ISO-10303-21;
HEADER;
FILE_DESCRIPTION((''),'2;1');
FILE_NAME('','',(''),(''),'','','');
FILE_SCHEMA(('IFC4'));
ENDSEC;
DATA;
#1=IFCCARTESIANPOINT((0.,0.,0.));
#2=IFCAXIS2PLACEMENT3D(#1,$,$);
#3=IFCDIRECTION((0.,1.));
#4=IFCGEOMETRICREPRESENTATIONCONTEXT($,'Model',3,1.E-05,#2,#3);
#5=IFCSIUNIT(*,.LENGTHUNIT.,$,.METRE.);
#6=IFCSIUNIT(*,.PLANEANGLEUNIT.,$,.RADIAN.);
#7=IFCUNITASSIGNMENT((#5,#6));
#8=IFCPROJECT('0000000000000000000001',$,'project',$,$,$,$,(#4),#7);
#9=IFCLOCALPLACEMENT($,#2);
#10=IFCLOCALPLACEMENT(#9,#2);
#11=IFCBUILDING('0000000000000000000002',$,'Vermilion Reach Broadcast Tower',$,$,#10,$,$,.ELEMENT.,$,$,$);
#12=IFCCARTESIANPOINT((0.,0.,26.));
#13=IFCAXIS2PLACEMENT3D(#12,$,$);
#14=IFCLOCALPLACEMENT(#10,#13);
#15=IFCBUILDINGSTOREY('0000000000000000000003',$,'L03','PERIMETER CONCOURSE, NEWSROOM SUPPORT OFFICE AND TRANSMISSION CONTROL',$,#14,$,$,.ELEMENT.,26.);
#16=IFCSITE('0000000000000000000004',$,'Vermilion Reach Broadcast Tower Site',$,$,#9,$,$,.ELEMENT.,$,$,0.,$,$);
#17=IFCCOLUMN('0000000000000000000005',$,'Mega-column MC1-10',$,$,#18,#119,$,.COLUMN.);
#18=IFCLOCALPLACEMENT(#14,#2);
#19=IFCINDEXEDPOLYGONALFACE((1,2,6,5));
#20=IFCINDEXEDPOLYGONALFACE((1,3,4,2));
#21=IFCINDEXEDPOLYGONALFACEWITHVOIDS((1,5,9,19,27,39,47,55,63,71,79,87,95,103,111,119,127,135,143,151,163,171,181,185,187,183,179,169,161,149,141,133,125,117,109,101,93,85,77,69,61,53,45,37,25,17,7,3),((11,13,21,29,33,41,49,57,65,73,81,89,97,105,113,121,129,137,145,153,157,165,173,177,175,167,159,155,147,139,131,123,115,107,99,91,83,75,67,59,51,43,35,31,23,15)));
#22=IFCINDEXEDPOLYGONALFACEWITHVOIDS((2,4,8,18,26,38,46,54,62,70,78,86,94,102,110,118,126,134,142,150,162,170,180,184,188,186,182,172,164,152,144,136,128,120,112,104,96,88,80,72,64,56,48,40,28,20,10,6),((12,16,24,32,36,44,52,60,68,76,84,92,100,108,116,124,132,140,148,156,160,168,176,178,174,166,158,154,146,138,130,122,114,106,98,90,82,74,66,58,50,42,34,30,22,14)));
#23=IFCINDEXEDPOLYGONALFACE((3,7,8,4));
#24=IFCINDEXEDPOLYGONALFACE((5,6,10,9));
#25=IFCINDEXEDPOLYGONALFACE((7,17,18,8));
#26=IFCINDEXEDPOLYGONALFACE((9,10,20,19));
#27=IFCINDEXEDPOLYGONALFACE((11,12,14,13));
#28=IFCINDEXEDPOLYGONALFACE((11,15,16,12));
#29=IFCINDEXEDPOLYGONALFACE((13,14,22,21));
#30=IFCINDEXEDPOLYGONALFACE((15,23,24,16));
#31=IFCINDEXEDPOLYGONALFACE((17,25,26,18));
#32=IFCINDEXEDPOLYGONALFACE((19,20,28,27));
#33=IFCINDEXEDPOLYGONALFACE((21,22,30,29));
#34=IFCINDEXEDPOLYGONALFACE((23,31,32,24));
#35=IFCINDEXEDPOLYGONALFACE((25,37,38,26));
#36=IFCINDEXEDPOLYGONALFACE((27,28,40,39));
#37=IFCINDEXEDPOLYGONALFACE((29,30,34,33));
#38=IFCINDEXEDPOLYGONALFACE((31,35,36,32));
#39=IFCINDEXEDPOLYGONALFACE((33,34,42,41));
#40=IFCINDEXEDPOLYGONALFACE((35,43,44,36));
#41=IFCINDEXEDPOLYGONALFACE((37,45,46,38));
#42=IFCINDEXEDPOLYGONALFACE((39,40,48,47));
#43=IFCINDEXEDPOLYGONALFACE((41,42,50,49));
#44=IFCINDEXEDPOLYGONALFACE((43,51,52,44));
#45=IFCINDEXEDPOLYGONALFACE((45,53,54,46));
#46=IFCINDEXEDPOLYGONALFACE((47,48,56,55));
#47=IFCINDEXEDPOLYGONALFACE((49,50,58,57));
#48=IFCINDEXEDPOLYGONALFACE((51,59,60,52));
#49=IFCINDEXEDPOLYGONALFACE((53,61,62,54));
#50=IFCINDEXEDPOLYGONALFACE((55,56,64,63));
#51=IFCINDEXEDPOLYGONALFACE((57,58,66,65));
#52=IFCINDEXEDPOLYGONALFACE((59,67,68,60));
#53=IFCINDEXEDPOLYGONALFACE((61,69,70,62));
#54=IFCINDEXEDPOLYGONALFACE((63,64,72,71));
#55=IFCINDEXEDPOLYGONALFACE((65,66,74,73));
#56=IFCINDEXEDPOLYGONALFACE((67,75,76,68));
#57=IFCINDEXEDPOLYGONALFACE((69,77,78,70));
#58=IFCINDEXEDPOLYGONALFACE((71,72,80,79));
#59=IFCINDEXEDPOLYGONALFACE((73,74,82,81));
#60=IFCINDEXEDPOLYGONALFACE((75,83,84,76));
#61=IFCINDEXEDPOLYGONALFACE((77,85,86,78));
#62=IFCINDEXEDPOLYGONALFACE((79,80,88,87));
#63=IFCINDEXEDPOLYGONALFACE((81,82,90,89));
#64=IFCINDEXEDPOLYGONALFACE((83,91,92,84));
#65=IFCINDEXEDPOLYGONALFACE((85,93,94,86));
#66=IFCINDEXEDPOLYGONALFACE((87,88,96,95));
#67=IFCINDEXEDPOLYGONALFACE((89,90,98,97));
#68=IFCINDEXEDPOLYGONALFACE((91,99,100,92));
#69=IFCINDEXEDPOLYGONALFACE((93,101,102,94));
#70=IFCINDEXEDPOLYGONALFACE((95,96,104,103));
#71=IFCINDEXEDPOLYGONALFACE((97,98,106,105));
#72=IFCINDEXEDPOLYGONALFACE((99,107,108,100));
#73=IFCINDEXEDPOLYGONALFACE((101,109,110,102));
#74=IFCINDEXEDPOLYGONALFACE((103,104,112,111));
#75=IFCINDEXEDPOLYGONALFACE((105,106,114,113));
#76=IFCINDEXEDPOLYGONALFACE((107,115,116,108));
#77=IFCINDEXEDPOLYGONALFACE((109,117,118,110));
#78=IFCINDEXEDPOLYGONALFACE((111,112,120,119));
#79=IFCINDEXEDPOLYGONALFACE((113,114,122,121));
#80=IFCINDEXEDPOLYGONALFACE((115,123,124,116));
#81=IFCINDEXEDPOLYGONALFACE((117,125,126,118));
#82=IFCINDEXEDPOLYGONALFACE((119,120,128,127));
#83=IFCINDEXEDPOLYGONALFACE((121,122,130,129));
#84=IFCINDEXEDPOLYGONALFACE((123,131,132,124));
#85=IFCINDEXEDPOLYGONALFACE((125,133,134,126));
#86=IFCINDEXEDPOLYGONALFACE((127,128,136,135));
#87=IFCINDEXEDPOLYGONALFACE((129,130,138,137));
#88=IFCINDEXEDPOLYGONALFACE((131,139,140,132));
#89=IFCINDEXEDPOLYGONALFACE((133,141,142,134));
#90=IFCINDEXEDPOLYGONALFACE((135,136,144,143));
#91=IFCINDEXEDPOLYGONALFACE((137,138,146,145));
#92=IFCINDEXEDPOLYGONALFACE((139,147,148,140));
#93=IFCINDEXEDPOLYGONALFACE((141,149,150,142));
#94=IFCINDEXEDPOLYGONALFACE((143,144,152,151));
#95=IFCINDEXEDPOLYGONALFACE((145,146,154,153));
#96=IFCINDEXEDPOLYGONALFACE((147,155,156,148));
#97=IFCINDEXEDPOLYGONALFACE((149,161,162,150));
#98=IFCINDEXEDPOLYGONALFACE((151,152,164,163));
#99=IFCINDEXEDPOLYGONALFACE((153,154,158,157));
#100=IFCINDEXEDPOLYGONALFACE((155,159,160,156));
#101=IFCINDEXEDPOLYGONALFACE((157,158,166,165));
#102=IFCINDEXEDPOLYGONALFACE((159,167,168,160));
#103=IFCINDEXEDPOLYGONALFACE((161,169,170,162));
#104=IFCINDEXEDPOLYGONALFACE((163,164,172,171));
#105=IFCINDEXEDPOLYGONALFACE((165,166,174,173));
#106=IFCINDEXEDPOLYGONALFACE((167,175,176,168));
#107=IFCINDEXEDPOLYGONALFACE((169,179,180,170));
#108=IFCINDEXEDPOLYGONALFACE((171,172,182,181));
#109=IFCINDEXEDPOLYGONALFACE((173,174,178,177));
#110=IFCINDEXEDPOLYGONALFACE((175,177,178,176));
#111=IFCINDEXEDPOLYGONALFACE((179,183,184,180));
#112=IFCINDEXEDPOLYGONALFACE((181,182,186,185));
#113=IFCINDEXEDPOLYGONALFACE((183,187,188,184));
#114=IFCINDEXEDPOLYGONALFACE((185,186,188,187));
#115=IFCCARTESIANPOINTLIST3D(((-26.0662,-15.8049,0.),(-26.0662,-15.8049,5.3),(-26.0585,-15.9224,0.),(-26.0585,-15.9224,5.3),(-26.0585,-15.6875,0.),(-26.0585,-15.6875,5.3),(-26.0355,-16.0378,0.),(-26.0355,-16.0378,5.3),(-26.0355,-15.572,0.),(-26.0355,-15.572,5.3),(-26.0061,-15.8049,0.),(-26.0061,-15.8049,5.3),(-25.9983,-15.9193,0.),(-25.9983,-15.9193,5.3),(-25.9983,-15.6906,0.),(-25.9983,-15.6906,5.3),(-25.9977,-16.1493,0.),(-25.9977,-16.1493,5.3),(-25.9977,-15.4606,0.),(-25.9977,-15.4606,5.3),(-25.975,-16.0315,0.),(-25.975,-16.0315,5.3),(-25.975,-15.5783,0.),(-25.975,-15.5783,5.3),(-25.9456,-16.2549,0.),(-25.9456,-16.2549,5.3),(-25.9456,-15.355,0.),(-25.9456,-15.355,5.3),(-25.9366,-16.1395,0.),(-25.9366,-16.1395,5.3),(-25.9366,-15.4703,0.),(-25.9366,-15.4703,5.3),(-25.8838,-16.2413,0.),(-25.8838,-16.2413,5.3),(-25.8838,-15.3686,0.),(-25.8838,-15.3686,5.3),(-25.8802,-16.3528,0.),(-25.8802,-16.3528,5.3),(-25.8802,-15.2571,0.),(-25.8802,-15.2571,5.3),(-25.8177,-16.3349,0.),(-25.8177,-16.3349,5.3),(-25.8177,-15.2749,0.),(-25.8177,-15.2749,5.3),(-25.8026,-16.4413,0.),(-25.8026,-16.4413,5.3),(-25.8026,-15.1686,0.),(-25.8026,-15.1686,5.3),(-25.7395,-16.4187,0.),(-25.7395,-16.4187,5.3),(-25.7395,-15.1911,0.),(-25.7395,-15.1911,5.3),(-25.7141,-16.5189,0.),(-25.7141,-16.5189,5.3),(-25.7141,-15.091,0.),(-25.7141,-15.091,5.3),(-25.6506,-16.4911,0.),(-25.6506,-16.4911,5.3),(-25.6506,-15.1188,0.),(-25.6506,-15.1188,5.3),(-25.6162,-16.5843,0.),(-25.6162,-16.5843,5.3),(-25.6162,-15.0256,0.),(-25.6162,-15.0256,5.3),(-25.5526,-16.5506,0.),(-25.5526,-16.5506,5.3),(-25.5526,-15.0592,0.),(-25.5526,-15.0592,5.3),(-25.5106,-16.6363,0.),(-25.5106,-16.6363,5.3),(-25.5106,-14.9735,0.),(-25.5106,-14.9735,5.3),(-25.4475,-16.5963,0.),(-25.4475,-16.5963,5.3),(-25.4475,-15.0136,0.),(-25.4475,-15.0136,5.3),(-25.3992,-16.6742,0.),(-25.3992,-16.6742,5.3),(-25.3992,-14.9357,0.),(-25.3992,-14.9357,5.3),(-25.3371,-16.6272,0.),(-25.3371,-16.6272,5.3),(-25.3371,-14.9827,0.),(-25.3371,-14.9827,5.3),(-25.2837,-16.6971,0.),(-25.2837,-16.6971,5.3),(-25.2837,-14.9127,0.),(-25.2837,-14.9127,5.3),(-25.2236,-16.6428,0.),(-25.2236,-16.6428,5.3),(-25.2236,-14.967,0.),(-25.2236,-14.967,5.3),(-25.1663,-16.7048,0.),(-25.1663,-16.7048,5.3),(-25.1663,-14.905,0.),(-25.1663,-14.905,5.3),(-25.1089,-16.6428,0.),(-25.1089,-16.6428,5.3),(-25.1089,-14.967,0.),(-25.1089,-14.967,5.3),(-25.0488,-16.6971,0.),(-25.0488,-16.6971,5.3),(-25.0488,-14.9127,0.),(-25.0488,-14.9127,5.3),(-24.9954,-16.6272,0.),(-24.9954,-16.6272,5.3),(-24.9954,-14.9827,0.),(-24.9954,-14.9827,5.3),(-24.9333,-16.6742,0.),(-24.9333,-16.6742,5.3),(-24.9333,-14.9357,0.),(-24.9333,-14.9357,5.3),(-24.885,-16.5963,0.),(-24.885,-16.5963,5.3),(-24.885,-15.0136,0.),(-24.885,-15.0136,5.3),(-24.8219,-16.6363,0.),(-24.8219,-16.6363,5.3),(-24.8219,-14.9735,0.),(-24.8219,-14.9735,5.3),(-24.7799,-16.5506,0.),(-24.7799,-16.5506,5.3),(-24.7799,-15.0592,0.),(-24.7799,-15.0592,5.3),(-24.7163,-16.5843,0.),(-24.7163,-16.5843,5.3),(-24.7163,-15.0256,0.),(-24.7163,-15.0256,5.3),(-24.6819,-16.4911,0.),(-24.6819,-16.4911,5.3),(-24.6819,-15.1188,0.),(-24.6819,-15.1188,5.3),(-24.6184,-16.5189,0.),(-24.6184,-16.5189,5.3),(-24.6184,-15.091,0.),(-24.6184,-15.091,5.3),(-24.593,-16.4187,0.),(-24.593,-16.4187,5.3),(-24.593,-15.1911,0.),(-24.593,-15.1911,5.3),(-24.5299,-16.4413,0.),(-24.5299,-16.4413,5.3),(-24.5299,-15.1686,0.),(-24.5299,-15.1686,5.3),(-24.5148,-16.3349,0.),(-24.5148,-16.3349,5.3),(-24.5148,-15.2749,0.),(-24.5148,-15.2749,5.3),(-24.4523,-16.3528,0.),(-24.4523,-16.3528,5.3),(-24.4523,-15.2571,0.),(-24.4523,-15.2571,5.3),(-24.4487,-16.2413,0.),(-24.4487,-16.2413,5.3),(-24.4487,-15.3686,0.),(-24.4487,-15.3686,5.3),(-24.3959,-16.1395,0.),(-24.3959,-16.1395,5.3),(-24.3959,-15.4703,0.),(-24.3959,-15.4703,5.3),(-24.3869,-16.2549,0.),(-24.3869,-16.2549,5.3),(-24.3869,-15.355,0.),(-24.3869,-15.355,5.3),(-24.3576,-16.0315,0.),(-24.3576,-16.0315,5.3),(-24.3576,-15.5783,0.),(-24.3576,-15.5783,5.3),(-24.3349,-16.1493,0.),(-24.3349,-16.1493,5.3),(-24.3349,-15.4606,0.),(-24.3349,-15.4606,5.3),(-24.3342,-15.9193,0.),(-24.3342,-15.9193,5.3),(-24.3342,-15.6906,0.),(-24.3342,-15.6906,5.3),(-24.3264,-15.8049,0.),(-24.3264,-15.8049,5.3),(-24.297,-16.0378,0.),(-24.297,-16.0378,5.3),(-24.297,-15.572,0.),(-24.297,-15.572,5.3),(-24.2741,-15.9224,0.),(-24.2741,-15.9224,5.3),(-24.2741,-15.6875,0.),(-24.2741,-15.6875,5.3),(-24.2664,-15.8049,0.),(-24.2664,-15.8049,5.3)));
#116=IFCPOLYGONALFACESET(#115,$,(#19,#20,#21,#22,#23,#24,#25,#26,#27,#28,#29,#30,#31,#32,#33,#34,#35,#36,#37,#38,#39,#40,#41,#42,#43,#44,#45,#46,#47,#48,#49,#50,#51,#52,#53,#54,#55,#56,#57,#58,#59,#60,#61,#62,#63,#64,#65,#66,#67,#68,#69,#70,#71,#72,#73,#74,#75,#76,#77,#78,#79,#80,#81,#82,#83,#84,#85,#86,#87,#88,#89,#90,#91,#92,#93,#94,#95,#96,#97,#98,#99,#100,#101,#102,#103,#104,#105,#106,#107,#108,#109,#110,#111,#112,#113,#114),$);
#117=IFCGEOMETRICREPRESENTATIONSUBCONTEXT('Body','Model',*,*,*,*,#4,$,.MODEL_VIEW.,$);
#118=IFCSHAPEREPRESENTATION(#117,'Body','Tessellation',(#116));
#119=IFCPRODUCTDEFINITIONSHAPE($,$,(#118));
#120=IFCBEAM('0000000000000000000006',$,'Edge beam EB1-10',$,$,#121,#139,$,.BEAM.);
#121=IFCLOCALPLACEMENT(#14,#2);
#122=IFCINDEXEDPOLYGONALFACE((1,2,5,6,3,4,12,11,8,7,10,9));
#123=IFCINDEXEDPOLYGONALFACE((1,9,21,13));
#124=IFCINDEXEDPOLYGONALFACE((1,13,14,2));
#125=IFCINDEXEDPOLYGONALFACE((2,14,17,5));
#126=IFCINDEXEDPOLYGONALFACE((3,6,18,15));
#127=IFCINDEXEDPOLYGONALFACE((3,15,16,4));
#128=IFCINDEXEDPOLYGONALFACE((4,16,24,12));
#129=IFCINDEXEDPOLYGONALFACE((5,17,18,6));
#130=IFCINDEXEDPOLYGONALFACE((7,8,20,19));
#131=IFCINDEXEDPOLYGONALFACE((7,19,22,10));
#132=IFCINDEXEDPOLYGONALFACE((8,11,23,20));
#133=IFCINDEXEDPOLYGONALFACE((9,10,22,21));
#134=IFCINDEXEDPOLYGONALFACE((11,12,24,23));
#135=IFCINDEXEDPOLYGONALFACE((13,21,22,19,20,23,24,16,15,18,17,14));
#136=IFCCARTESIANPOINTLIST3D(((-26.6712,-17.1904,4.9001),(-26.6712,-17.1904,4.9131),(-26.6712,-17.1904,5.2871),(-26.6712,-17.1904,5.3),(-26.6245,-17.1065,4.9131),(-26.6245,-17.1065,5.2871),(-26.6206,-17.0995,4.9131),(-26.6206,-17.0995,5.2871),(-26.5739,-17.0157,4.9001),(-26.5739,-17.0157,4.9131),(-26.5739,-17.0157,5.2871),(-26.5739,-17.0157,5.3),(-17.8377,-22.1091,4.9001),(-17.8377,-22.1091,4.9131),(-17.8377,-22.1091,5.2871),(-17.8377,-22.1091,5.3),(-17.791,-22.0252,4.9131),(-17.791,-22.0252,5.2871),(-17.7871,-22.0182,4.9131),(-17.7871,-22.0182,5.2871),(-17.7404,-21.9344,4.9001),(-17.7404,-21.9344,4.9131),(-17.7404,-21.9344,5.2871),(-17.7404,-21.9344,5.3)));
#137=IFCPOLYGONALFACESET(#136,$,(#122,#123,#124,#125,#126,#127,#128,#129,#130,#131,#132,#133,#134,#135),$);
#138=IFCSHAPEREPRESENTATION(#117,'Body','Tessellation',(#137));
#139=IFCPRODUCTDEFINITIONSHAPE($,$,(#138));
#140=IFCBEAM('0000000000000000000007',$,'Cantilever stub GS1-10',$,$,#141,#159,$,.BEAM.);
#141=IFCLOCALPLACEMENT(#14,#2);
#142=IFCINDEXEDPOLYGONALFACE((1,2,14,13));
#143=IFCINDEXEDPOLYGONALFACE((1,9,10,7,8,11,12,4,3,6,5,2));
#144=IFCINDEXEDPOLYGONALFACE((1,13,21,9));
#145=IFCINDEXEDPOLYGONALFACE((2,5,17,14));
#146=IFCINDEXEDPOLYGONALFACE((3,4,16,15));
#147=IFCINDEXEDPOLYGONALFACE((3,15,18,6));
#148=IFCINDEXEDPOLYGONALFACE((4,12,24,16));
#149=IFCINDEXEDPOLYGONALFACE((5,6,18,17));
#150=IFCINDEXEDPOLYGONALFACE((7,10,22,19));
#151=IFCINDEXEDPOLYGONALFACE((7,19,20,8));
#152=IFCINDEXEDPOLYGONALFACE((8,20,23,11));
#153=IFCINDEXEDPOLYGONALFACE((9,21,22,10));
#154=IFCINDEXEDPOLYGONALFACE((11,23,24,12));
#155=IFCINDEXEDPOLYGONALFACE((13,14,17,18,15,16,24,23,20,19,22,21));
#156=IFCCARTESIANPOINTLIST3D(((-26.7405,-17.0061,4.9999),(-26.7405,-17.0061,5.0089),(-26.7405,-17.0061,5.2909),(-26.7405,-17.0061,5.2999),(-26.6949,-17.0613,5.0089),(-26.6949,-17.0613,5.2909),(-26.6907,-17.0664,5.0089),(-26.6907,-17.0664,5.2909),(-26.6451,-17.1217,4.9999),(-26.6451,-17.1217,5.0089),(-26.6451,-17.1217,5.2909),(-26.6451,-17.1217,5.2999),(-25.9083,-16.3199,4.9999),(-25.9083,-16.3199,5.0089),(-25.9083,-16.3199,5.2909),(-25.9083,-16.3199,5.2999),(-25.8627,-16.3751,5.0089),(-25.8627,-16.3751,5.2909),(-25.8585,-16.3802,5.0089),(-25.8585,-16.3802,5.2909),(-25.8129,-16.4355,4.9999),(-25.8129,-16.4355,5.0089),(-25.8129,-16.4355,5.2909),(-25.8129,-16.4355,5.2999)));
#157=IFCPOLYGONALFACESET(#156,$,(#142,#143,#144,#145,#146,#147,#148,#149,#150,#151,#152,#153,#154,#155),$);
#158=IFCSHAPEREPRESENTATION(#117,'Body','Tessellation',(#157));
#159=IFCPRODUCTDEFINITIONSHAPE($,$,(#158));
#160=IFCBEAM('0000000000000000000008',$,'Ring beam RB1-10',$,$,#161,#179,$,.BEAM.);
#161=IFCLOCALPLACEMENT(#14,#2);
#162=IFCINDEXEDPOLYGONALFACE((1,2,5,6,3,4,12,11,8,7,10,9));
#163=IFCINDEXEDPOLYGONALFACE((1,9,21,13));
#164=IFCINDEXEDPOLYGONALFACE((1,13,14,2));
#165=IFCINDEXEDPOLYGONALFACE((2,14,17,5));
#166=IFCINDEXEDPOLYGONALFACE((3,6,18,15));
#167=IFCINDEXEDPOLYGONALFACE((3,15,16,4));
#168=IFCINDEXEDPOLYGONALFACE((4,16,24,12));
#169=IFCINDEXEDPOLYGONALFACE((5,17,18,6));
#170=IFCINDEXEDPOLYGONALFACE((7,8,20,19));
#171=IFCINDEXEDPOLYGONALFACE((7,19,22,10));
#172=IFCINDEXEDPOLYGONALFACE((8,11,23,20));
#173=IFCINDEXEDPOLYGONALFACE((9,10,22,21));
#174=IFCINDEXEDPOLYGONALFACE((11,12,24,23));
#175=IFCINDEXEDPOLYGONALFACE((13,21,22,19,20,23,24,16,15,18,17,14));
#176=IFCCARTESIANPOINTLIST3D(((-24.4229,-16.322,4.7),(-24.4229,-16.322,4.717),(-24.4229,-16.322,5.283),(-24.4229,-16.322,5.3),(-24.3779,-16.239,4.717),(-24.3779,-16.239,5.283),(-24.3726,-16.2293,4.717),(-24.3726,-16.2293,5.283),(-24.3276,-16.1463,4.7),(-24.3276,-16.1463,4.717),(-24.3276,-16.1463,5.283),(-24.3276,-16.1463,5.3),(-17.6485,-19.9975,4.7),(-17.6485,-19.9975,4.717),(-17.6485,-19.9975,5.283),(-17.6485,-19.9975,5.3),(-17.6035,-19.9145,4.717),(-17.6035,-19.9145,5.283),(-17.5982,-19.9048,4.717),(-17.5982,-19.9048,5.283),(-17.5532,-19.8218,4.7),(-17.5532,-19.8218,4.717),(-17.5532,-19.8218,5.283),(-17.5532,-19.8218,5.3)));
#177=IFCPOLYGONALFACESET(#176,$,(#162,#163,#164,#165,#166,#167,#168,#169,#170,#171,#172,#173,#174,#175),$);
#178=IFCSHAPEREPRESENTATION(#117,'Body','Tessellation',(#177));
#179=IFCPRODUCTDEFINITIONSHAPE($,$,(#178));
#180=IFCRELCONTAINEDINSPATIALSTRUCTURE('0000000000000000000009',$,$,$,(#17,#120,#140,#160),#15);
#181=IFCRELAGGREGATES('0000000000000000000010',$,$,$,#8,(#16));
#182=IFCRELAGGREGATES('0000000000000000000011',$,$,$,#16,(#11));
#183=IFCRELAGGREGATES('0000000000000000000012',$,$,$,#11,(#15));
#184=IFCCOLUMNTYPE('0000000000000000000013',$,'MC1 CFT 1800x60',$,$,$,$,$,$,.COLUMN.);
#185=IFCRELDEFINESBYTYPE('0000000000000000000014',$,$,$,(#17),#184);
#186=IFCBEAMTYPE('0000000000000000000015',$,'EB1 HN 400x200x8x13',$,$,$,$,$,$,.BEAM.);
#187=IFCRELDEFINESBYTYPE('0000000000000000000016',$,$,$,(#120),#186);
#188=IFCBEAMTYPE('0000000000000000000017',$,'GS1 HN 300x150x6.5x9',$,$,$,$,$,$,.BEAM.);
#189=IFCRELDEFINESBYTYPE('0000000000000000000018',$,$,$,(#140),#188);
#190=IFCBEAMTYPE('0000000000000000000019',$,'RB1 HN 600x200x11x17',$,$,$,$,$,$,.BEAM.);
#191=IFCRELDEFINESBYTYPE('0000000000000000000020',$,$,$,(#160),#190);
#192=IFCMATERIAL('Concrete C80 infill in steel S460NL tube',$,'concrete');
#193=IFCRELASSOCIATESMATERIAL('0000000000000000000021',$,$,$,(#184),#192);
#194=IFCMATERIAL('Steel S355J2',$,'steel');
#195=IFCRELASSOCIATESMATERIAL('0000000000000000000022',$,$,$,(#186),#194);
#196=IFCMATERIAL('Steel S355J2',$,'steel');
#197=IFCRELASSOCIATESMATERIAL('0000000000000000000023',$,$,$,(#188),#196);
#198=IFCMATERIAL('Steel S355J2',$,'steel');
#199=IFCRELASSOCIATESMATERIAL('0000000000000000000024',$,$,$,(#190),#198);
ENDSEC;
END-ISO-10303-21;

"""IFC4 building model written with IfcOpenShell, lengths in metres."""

from ifc_helpers import new_model, si_unit, direction, frame, origin, origin_2d, place, context, subcontext, project, spatial, hollow_circle, i_section, extrude, material, material_profile, profile_set, type_object, element, save


model = new_model("IFC4")

# Units and contexts
model_context = context("Model", 3, precision=1e-05, world=origin(), true_north=direction((0.0, 1.0)))
body_context = subcontext(model_context, "Body", "Model", "MODEL_VIEW")
ifc_project = project(units=[si_unit("LENGTHUNIT", "METRE"), si_unit("PLANEANGLEUNIT", "RADIAN")], contexts=[model_context])

# Site, building, storey
site_placement = place(None, origin())
site = spatial("IfcSite", under=ifc_project, at=site_placement, Name="Vermilion Reach Broadcast Tower Site", CompositionType="ELEMENT", RefElevation=0.0)
building_placement = place(site_placement, origin())
building = spatial("IfcBuilding", under=site, at=building_placement, Name="Vermilion Reach Broadcast Tower", CompositionType="ELEMENT")
storey_placement = place(building_placement, frame((0.0, 0.0, 26.0)))
storey = spatial("IfcBuildingStorey", under=building, at=storey_placement, Name="L03", Description="PERIMETER CONCOURSE, NEWSROOM SUPPORT OFFICE AND TRANSMISSION CONTROL", CompositionType="ELEMENT", Elevation=26.0)

# Column
ifc_material_1 = material(Name="Concrete C80 infill in steel S460NL tube", Category="concrete")
ifc_material_profile_1 = material_profile(ifc_material_1, hollow_circle(Radius=0.8999, WallThickness=0.0601, at=origin_2d()), Name="Concrete C80 infill in steel S460NL tube CFT 1800x60")
ifc_profile_set_1 = profile_set([ifc_material_profile_1], Name="Concrete C80 infill in steel S460NL tube")
column_type = type_object("IfcColumnType", Name="MC1 CFT 1800x60", PredefinedType="COLUMN", material=ifc_profile_set_1)
column_placement = place(storey_placement, frame((-25.1663, -15.8049, 0.0), z_axis=(0.0, 0.0, 1.0), x_axis=(1.0, 0.0, 0.0)))
element("IfcColumn", 1, at=column_placement, inside=storey, type_object=column_type, Name="Mega-column MC1-10", PredefinedType="COLUMN", context=body_context, shape_type="SweptSolid", body=[
    extrude(hollow_circle(Radius=0.8999, WallThickness=0.0601, at=origin_2d()), origin(), (0.0, 0.0, 1.0), 5.3),
])

# Beams
ifc_material_2 = material(Name="Steel S355J2", Category="steel")
ifc_material_profile_2 = material_profile(ifc_material_2, i_section(OverallWidth=0.2, OverallDepth=0.3999, WebThickness=0.0081, FlangeThickness=0.0129, at=origin_2d()), Name="S355J2 HN 400x200x8x13")
ifc_profile_set_2 = profile_set([ifc_material_profile_2], Name="Steel S355J2")
beam_type_1 = type_object("IfcBeamType", Name="EB1 HN 400x200x8x13", PredefinedType="BEAM", material=ifc_profile_set_2)
beam_1_placement = place(storey_placement, frame((-26.6226, -17.103, 5.1001), z_axis=(0.873686, -0.486489, 0.0), x_axis=(0.486489, 0.873686, 0.0)))
element("IfcBeam", 2, at=beam_1_placement, inside=storey, type_object=beam_type_1, Name="Edge beam EB1-10", PredefinedType="BEAM", context=body_context, shape_type="SweptSolid", body=[
    extrude(i_section(OverallWidth=0.2, OverallDepth=0.3999, WebThickness=0.0081, FlangeThickness=0.0129, at=origin_2d()), origin(), (0.0, 0.0, 1.0), 10.1106),
])
ifc_material_3 = material(Name="Steel S355J2", Category="steel")
ifc_material_profile_3 = material_profile(ifc_material_3, i_section(OverallWidth=0.1499, OverallDepth=0.3, WebThickness=0.0066, FlangeThickness=0.009, at=origin_2d()), Name="S355J2 HN 300x150x6.5x9")
ifc_profile_set_3 = profile_set([ifc_material_profile_3], Name="Steel S355J2")
beam_type_2 = type_object("IfcBeamType", Name="GS1 HN 300x150x6.5x9", PredefinedType="BEAM", material=ifc_profile_set_3)
beam_2_placement = place(storey_placement, frame((-25.8606, -16.3777, 5.1499), z_axis=(-0.771532, -0.636191, 0.0), x_axis=(0.636191, -0.771532, 0.0)))
element("IfcBeam", 3, at=beam_2_placement, inside=storey, type_object=beam_type_2, Name="Cantilever stub GS1-10", PredefinedType="BEAM", context=body_context, shape_type="SweptSolid", body=[
    extrude(i_section(OverallWidth=0.1499, OverallDepth=0.3, WebThickness=0.0066, FlangeThickness=0.009, at=origin_2d()), origin(), (0.0, 0.0, 1.0), 1.0786),
])
ifc_material_4 = material(Name="Steel S355J2", Category="steel")
ifc_material_profile_4 = material_profile(ifc_material_4, i_section(OverallWidth=0.2, OverallDepth=0.6001, WebThickness=0.011, FlangeThickness=0.0171, at=origin_2d()), Name="S355J2 HN 600x200x11x17")
ifc_profile_set_4 = profile_set([ifc_material_profile_4], Name="Steel S355J2")
beam_type_3 = type_object("IfcBeamType", Name="RB1 HN 600x200x11x17", PredefinedType="BEAM", material=ifc_profile_set_4)
beam_3_placement = place(storey_placement, frame((-24.3752, -16.2341, 5.0), z_axis=(0.878962, -0.476891, 0.0), x_axis=(0.476891, 0.878962, 0.0)))
element("IfcBeam", 4, at=beam_3_placement, inside=storey, type_object=beam_type_3, Name="Ring beam RB1-10", PredefinedType="BEAM", context=body_context, shape_type="SweptSolid", body=[
    extrude(i_section(OverallWidth=0.2, OverallDepth=0.6001, WebThickness=0.011, FlangeThickness=0.0171, at=origin_2d()), origin(), (0.0, 0.0, 1.0), 7.7073),
])

save(model, "model.ifc")
